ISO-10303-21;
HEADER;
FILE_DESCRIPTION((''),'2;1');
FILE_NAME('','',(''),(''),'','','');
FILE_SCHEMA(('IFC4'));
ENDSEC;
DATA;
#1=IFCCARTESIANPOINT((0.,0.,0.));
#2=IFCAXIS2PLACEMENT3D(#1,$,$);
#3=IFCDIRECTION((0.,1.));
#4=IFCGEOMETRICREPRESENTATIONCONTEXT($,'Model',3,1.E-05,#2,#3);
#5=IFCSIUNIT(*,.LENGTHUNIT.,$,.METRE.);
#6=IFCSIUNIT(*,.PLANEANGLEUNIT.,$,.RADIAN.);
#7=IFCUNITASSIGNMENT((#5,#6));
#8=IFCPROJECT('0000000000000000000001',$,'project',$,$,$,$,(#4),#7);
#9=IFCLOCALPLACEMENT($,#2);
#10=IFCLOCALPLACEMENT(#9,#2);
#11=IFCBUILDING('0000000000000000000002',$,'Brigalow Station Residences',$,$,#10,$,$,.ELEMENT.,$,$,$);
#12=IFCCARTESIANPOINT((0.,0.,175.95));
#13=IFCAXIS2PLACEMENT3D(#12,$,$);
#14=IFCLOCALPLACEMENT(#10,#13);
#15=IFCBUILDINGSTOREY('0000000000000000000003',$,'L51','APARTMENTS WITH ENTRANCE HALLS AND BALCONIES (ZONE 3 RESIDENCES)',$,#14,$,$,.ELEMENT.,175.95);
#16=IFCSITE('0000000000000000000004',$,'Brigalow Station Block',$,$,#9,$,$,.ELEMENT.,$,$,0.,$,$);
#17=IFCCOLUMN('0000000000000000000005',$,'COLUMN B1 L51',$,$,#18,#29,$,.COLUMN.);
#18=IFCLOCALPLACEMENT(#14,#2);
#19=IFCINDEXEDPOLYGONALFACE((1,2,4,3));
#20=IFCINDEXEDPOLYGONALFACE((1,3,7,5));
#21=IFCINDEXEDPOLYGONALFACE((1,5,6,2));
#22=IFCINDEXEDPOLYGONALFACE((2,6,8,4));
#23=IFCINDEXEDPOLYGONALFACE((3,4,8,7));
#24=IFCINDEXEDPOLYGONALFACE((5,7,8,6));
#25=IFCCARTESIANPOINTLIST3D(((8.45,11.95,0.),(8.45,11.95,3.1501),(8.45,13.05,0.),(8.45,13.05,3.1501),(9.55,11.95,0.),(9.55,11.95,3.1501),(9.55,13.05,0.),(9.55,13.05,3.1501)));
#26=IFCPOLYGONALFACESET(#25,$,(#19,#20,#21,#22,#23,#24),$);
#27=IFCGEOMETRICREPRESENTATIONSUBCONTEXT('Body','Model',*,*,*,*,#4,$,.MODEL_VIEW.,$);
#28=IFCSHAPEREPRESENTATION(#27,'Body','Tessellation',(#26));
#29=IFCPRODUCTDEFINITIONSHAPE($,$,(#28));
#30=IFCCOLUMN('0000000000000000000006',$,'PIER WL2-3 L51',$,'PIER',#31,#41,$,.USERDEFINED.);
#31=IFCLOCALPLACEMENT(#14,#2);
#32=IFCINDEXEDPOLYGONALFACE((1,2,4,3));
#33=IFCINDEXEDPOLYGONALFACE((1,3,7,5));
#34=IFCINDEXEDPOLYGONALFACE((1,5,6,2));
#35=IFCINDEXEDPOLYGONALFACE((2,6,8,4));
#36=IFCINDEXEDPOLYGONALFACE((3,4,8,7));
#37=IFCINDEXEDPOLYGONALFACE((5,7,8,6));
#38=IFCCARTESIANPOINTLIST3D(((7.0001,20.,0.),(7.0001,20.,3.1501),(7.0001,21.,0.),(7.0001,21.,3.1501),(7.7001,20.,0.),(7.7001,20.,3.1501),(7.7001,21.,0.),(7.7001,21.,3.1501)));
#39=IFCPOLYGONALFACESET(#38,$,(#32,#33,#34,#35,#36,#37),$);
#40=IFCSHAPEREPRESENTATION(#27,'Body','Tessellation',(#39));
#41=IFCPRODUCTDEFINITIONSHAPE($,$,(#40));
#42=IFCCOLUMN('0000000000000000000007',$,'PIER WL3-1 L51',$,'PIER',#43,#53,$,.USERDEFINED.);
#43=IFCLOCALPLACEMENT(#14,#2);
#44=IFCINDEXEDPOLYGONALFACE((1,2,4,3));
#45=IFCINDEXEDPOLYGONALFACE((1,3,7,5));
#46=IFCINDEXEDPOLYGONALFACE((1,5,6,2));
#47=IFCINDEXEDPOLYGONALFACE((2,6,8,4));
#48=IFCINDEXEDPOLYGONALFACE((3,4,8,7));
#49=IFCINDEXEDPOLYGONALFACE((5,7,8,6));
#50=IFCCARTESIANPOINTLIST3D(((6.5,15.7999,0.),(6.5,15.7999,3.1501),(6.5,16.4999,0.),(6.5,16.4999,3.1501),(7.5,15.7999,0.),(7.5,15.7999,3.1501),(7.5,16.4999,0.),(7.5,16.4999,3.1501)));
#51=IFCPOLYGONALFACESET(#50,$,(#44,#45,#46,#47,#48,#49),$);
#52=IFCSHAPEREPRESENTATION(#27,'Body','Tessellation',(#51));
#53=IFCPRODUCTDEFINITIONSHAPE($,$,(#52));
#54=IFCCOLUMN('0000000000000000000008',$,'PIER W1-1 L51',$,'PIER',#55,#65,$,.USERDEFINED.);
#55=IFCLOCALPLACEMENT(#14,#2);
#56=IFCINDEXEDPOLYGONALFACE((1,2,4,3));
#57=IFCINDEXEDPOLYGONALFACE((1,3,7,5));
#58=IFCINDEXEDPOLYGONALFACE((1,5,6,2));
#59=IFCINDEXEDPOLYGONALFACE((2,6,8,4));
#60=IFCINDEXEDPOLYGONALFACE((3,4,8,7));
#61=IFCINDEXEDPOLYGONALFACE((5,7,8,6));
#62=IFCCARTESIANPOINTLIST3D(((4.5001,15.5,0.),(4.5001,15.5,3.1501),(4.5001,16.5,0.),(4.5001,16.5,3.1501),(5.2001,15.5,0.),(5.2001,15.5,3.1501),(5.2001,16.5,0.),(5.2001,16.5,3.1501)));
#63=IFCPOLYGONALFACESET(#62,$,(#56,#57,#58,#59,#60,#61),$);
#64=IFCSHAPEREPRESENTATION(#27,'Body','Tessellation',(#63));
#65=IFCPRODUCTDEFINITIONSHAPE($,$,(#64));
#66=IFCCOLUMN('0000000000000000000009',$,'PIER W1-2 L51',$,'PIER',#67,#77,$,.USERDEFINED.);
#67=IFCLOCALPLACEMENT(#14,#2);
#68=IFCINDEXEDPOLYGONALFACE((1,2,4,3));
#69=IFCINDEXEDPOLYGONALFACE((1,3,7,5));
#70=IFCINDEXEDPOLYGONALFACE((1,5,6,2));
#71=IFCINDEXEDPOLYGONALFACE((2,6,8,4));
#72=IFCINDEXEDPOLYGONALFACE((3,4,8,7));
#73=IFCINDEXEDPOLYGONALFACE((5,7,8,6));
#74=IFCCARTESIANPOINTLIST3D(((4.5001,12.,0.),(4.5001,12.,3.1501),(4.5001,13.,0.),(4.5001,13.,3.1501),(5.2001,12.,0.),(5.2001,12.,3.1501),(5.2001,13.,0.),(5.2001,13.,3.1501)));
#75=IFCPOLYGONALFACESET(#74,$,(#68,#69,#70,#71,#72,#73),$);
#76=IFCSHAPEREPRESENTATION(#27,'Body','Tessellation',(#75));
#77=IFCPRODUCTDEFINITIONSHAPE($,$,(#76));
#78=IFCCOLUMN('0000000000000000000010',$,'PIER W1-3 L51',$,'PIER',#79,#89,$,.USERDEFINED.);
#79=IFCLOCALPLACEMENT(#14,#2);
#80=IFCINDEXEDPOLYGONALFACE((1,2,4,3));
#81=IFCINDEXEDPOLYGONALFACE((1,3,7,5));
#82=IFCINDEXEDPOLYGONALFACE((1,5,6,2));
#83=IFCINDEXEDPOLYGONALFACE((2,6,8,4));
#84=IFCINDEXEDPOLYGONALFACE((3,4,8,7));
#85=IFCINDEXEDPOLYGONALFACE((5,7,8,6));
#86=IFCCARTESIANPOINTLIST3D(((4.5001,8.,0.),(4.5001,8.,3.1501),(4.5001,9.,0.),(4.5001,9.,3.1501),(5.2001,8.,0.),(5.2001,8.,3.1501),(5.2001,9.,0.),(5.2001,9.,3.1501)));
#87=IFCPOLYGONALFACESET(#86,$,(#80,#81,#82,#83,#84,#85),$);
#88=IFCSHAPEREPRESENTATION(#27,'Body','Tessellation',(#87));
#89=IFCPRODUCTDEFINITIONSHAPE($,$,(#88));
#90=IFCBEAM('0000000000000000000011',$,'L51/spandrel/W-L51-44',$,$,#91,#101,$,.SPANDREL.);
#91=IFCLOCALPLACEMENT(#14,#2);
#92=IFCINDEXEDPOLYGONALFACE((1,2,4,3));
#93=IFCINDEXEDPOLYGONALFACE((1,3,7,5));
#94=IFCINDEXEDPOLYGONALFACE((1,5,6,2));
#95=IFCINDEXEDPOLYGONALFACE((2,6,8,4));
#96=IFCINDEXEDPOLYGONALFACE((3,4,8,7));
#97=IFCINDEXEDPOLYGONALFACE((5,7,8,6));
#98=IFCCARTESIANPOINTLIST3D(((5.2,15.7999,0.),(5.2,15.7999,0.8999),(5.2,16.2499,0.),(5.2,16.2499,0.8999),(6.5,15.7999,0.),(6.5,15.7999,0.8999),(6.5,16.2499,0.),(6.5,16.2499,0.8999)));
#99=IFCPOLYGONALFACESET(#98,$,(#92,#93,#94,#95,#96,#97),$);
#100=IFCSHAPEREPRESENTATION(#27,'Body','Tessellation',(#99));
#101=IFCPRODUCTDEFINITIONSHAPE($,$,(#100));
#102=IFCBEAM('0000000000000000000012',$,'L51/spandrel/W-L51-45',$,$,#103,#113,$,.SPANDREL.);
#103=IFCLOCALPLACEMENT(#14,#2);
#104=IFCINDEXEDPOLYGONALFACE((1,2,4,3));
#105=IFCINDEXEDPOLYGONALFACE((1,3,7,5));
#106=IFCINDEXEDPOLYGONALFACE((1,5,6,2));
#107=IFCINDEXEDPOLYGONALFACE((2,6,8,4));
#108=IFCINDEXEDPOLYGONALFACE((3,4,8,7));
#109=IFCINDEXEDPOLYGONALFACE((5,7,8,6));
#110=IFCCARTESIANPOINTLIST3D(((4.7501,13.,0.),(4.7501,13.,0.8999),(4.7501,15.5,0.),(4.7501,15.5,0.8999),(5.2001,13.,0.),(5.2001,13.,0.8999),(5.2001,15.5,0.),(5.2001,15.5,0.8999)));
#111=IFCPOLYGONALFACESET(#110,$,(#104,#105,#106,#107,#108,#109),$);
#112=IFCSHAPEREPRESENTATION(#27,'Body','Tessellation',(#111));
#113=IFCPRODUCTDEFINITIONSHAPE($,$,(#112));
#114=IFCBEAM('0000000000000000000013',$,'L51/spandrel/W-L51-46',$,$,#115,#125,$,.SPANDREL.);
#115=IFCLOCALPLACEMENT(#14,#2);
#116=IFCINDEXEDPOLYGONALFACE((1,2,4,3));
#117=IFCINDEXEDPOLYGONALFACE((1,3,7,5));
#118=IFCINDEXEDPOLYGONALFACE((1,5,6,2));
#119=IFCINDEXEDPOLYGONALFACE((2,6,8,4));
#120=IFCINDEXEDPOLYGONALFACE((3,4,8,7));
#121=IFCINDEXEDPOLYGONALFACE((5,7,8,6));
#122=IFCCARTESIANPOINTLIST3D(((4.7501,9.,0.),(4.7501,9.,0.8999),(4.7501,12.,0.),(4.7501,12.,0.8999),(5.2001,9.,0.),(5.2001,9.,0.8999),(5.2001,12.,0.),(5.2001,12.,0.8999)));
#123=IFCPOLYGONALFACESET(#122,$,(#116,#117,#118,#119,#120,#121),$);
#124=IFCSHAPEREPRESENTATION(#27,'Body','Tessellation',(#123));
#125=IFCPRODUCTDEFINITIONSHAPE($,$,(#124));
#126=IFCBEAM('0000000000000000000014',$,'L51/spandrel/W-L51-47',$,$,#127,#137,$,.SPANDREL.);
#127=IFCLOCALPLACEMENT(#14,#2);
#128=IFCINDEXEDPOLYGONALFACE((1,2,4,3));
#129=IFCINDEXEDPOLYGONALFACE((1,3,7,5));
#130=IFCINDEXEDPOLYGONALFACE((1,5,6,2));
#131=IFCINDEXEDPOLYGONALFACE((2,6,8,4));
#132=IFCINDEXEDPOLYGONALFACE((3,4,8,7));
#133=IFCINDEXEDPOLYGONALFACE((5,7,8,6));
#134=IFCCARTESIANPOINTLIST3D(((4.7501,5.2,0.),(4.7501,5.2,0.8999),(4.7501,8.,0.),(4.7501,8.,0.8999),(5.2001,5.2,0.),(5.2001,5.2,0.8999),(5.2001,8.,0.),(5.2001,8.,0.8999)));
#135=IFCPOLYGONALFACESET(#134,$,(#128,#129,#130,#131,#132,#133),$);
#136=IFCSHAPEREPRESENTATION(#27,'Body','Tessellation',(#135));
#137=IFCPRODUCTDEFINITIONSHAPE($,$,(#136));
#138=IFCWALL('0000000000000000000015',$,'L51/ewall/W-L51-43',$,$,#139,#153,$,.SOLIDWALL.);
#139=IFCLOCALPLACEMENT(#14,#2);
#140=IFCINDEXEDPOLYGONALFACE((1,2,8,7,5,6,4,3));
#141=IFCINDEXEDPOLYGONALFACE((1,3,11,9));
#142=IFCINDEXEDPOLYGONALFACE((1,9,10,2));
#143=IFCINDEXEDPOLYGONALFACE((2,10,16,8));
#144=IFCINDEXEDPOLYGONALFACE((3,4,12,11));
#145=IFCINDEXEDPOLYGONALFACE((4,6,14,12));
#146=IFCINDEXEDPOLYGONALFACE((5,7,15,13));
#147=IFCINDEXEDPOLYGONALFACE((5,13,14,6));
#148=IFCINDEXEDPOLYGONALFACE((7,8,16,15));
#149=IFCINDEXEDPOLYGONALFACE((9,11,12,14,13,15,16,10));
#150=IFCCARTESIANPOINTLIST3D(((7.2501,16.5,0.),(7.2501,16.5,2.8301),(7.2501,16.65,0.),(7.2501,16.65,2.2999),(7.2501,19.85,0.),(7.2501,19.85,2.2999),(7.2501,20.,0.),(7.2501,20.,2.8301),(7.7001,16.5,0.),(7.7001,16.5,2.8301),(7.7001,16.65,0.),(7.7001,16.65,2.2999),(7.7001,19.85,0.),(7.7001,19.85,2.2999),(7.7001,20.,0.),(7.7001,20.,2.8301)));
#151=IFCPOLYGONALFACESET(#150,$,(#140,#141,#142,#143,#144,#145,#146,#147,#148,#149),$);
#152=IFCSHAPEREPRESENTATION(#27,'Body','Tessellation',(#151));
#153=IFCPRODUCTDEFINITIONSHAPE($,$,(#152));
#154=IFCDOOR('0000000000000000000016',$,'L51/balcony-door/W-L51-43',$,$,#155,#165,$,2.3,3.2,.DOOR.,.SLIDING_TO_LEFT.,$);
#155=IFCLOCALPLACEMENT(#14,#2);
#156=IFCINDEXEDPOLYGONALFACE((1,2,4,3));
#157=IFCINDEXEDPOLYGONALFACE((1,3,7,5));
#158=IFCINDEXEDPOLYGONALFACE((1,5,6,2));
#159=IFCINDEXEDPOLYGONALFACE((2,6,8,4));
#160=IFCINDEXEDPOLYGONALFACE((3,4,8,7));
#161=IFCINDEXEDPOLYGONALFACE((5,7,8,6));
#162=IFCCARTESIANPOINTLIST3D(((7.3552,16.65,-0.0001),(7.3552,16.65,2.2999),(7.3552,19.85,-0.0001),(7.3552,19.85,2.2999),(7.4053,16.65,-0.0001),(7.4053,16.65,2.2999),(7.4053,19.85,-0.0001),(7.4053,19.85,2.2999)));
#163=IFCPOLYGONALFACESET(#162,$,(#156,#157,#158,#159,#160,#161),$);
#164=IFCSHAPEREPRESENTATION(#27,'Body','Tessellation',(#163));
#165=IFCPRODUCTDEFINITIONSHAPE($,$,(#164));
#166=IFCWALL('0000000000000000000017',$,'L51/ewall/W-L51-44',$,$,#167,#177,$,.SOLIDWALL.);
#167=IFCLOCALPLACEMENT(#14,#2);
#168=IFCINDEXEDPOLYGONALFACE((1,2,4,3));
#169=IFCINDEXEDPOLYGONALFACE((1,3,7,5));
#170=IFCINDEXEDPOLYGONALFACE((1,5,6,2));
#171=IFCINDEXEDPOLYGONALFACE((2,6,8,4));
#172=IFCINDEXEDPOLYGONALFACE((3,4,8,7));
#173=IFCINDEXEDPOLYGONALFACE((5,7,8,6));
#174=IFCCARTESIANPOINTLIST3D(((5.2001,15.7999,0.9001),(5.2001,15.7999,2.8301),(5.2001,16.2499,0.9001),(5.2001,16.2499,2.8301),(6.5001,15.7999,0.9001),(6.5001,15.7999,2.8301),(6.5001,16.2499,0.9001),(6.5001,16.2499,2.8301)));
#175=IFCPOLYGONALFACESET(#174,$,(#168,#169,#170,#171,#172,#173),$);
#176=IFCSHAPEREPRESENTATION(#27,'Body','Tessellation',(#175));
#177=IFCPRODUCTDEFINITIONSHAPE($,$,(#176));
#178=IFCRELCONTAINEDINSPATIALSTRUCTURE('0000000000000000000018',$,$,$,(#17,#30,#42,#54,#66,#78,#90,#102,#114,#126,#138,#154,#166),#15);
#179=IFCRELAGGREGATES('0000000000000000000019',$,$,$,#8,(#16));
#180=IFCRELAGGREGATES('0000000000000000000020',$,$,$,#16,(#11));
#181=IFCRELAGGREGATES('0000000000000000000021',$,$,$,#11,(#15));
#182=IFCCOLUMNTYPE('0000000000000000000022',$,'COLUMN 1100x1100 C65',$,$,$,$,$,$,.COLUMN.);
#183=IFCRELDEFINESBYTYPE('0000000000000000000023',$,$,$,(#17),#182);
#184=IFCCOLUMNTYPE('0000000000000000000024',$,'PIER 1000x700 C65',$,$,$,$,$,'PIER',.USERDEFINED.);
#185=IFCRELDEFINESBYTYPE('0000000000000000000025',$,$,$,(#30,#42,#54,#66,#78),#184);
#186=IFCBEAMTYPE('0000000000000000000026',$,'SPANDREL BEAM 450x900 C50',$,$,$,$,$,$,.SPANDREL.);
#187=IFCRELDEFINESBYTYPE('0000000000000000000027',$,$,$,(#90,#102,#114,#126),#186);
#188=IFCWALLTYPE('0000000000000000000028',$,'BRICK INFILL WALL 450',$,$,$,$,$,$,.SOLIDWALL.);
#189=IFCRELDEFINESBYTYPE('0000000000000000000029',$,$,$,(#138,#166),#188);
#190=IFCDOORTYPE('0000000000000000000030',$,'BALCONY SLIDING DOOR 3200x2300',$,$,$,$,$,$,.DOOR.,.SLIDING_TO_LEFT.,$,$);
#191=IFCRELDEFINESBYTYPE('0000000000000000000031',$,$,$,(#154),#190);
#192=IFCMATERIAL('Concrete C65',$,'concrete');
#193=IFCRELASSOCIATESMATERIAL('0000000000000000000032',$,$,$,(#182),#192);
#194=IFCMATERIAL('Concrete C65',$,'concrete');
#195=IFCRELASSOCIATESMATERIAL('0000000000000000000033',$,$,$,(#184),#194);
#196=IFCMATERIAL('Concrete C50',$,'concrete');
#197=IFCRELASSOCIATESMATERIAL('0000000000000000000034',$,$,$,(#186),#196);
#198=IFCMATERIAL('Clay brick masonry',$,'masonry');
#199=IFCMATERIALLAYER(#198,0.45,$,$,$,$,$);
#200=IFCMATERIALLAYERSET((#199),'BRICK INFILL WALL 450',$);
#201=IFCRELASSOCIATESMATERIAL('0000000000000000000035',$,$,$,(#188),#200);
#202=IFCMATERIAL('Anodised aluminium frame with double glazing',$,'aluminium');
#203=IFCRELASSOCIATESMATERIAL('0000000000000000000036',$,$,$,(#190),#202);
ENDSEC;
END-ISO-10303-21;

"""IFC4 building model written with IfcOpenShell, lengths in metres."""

from ifc_helpers import new_model, si_unit, direction, frame, frame_2d, origin, origin_2d, place, context, subcontext, project, spatial, rectangle, extrude, material, layer, layer_set, material_profile, profile_set, type_object, element, fill, save


model = new_model("IFC4")

# Units and contexts
model_context = context("Model", 3, precision=1e-05, world=origin(), true_north=direction((0.0, 1.0)))
body_context = subcontext(model_context, "Body", "Model", "MODEL_VIEW")
ifc_project = project(units=[si_unit("LENGTHUNIT", "METRE"), si_unit("PLANEANGLEUNIT", "RADIAN")], contexts=[model_context])

# Site, building, storey
site_placement = place(None, origin())
site = spatial("IfcSite", under=ifc_project, at=site_placement, Name="Brigalow Station Block", CompositionType="ELEMENT", RefElevation=0.0)
building_placement = place(site_placement, origin())
building = spatial("IfcBuilding", under=site, at=building_placement, Name="Brigalow Station Residences", CompositionType="ELEMENT")
storey_placement = place(building_placement, frame((0.0, 0.0, 175.95)))
storey = spatial("IfcBuildingStorey", under=building, at=storey_placement, Name="L51", Description="APARTMENTS WITH ENTRANCE HALLS AND BALCONIES (ZONE 3 RESIDENCES)", CompositionType="ELEMENT", Elevation=175.95)

# Columns
ifc_material_1 = material(Name="Concrete C65", Category="concrete")
ifc_material_profile_1 = material_profile(ifc_material_1, rectangle(XDim=1.1001, YDim=1.1001, at=origin_2d()), Name="RC1100x1100")
ifc_profile_set_1 = profile_set([ifc_material_profile_1], Name="Concrete C65")
column_type_1 = type_object("IfcColumnType", Name="COLUMN 1100x1100 C65", PredefinedType="COLUMN", material=ifc_profile_set_1)
column_placement = place(storey_placement, frame((9.0, 12.5, 0.0), z_axis=(0.0, 0.0, 1.0), x_axis=(1.0, 0.0, 0.0)))
element("IfcColumn", 1, at=column_placement, inside=storey, type_object=column_type_1, Name="COLUMN B1 L51", PredefinedType="COLUMN", context=body_context, shape_type="SweptSolid", body=[
    extrude(rectangle(XDim=1.1001, YDim=1.1001, at=origin_2d()), origin(), (0.0, 0.0, 1.0), 3.1501),
])
ifc_material_2 = material(Name="Concrete C65", Category="concrete")
ifc_material_profile_2 = material_profile(ifc_material_2, rectangle(XDim=1.0, YDim=0.7, at=origin_2d()), Name="RC1000x700")
ifc_profile_set_2 = profile_set([ifc_material_profile_2], Name="Concrete C65")
column_type_2 = type_object("IfcColumnType", Name="PIER 1000x700 C65", ElementType="PIER", PredefinedType="USERDEFINED", material=ifc_profile_set_2)
for number, where, z_axis, x_axis, name in (
    (2, (7.3501, 20.5, 0.0), (0.0, 0.0, 1.0), (0.0, -1.0, 0.0), "PIER WL2-3 L51"),
    (3, (7.0, 16.1499, 0.0), (0.0, 0.0, 1.0), (-1.0, 0.0, 0.0), "PIER WL3-1 L51"),
    (4, (4.8501, 16.0, 0.0), (0.0, 0.0, 1.0), (0.0, -1.0, 0.0), "PIER W1-1 L51"),
    (5, (4.8501, 12.5, 0.0), (0.0, 0.0, 1.0), (0.0, -1.0, 0.0), "PIER W1-2 L51"),
    (6, (4.8501, 8.5, 0.0), (0.0, 0.0, 1.0), (0.0, -1.0, 0.0), "PIER W1-3 L51"),
):
    element("IfcColumn", number, at=place(storey_placement, frame(where, z_axis=z_axis, x_axis=x_axis)), inside=storey, type_object=column_type_2, Name=name, ObjectType="PIER", PredefinedType="USERDEFINED", context=body_context, shape_type="SweptSolid", body=[
        extrude(rectangle(XDim=1.0, YDim=0.7, at=origin_2d()), origin(), (0.0, 0.0, 1.0), 3.1501),
    ])

# Beams
ifc_material_3 = material(Name="Concrete C50", Category="concrete")
ifc_material_profile_3 = material_profile(ifc_material_3, rectangle(XDim=0.45, YDim=0.8999, at=origin_2d()), Name="RC450x900")
ifc_profile_set_3 = profile_set([ifc_material_profile_3], Name="Concrete C50")
beam_type = type_object("IfcBeamType", Name="SPANDREL BEAM 450x900 C50", PredefinedType="SPANDREL", material=ifc_profile_set_3)
beam_1_placement = place(storey_placement, frame((6.5, 16.0249, 0.45), z_axis=(-1.0, 0.0, 0.0), x_axis=(0.0, -1.0, 0.0)))
element("IfcBeam", 7, at=beam_1_placement, inside=storey, type_object=beam_type, Name="L51/spandrel/W-L51-44", PredefinedType="SPANDREL", context=body_context, shape_type="SweptSolid", body=[
    extrude(rectangle(XDim=0.45, YDim=0.8999, at=origin_2d()), origin(), (0.0, 0.0, 1.0), 1.3),
])
beam_2_placement = place(storey_placement, frame((4.9751, 15.5, 0.45), z_axis=(0.0, -1.0, 0.0), x_axis=(1.0, 0.0, 0.0)))
element("IfcBeam", 8, at=beam_2_placement, inside=storey, type_object=beam_type, Name="L51/spandrel/W-L51-45", PredefinedType="SPANDREL", context=body_context, shape_type="SweptSolid", body=[
    extrude(rectangle(XDim=0.45, YDim=0.8999, at=origin_2d()), origin(), (0.0, 0.0, 1.0), 2.5),
])
beam_3_placement = place(storey_placement, frame((4.9751, 12.0, 0.45), z_axis=(0.0, -1.0, 0.0), x_axis=(1.0, 0.0, 0.0)))
element("IfcBeam", 9, at=beam_3_placement, inside=storey, type_object=beam_type, Name="L51/spandrel/W-L51-46", PredefinedType="SPANDREL", context=body_context, shape_type="SweptSolid", body=[
    extrude(rectangle(XDim=0.45, YDim=0.8999, at=origin_2d()), origin(), (0.0, 0.0, 1.0), 3.0),
])
beam_4_placement = place(storey_placement, frame((4.9751, 8.0, 0.45), z_axis=(0.0, -1.0, 0.0), x_axis=(1.0, 0.0, 0.0)))
element("IfcBeam", 10, at=beam_4_placement, inside=storey, type_object=beam_type, Name="L51/spandrel/W-L51-47", PredefinedType="SPANDREL", context=body_context, shape_type="SweptSolid", body=[
    extrude(rectangle(XDim=0.45, YDim=0.8999, at=origin_2d()), origin(), (0.0, 0.0, 1.0), 2.8),
])

# Wall, opening, door
ifc_material_4 = material(Name="Clay brick masonry", Category="masonry")
ifc_layer_1 = layer(ifc_material_4, 0.45)
ifc_layer_set_1 = layer_set([ifc_layer_1], Name="BRICK INFILL WALL 450")
wall_type_1 = type_object("IfcWallType", Name="BRICK INFILL WALL 450", PredefinedType="SOLIDWALL", material=ifc_layer_set_1)
wall_1_placement = place(storey_placement, frame((7.4751, 20.0, 0.0), z_axis=(0.0, 0.0, 1.0), x_axis=(0.0, -1.0, 0.0)))
wall_1 = element("IfcWall", 11, at=wall_1_placement, inside=storey, type_object=wall_type_1, Name="L51/ewall/W-L51-43", PredefinedType="SOLIDWALL", context=body_context, shape_type="SweptSolid", body=[
    extrude(rectangle(XDim=3.5, YDim=0.45, at=frame_2d((1.75, 0.0))), origin(), (0.0, 0.0, 1.0), 2.8301),
])
opening_1_placement = place(wall_1_placement, frame((0.1499, 0.0, 0.0)))
opening_1 = element("IfcOpeningElement", 12, at=opening_1_placement, cuts=wall_1, PredefinedType="OPENING", context=body_context, shape_type="SweptSolid", body=[
    extrude(rectangle(XDim=3.2, YDim=2.3, at=frame_2d((1.6001, 1.1499))), frame((0.0, 0.2349, 0.0), z_axis=(0.0, -1.0, 0.0), x_axis=(1.0, 0.0, 0.0)), (0.0, 0.0, 1.0), 0.47),
])
ifc_material_5 = material(Name="Anodised aluminium frame with double glazing", Category="aluminium")
door_type_1 = type_object("IfcDoorType", Name="BALCONY SLIDING DOOR 3200x2300", OperationType="SLIDING_TO_LEFT", PredefinedType="DOOR", material=ifc_material_5)
door_1_placement = place(opening_1_placement, origin())
door_1 = element("IfcDoor", 13, at=door_1_placement, inside=storey, type_object=door_type_1, Name="L51/balcony-door/W-L51-43", OperationType="SLIDING_TO_LEFT", OverallHeight=2.3, OverallWidth=3.2, PredefinedType="DOOR", context=body_context, shape_type="SweptSolid", body=[
    extrude(rectangle(XDim=3.2, YDim=2.3, at=frame_2d((1.6001, 1.1499))), frame((0.0, -0.0698, 0.0), z_axis=(0.0, -1.0, 0.0), x_axis=(1.0, 0.0, 0.0)), (0.0, 0.0, 1.0), 0.05),
])
fill(opening_1, door_1)

# Wall
wall_2_placement = place(storey_placement, frame((6.5, 16.0249, 0.9001), z_axis=(0.0, 0.0, 1.0), x_axis=(-1.0, 0.0, 0.0)))
element("IfcWall", 14, at=wall_2_placement, inside=storey, type_object=wall_type_1, Name="L51/ewall/W-L51-44", PredefinedType="SOLIDWALL", context=body_context, shape_type="SweptSolid", body=[
    extrude(rectangle(XDim=1.3, YDim=0.45, at=frame_2d((0.6499, 0.0))), origin(), (0.0, 0.0, 1.0), 1.9299),
])

save(model, "model.ifc")
